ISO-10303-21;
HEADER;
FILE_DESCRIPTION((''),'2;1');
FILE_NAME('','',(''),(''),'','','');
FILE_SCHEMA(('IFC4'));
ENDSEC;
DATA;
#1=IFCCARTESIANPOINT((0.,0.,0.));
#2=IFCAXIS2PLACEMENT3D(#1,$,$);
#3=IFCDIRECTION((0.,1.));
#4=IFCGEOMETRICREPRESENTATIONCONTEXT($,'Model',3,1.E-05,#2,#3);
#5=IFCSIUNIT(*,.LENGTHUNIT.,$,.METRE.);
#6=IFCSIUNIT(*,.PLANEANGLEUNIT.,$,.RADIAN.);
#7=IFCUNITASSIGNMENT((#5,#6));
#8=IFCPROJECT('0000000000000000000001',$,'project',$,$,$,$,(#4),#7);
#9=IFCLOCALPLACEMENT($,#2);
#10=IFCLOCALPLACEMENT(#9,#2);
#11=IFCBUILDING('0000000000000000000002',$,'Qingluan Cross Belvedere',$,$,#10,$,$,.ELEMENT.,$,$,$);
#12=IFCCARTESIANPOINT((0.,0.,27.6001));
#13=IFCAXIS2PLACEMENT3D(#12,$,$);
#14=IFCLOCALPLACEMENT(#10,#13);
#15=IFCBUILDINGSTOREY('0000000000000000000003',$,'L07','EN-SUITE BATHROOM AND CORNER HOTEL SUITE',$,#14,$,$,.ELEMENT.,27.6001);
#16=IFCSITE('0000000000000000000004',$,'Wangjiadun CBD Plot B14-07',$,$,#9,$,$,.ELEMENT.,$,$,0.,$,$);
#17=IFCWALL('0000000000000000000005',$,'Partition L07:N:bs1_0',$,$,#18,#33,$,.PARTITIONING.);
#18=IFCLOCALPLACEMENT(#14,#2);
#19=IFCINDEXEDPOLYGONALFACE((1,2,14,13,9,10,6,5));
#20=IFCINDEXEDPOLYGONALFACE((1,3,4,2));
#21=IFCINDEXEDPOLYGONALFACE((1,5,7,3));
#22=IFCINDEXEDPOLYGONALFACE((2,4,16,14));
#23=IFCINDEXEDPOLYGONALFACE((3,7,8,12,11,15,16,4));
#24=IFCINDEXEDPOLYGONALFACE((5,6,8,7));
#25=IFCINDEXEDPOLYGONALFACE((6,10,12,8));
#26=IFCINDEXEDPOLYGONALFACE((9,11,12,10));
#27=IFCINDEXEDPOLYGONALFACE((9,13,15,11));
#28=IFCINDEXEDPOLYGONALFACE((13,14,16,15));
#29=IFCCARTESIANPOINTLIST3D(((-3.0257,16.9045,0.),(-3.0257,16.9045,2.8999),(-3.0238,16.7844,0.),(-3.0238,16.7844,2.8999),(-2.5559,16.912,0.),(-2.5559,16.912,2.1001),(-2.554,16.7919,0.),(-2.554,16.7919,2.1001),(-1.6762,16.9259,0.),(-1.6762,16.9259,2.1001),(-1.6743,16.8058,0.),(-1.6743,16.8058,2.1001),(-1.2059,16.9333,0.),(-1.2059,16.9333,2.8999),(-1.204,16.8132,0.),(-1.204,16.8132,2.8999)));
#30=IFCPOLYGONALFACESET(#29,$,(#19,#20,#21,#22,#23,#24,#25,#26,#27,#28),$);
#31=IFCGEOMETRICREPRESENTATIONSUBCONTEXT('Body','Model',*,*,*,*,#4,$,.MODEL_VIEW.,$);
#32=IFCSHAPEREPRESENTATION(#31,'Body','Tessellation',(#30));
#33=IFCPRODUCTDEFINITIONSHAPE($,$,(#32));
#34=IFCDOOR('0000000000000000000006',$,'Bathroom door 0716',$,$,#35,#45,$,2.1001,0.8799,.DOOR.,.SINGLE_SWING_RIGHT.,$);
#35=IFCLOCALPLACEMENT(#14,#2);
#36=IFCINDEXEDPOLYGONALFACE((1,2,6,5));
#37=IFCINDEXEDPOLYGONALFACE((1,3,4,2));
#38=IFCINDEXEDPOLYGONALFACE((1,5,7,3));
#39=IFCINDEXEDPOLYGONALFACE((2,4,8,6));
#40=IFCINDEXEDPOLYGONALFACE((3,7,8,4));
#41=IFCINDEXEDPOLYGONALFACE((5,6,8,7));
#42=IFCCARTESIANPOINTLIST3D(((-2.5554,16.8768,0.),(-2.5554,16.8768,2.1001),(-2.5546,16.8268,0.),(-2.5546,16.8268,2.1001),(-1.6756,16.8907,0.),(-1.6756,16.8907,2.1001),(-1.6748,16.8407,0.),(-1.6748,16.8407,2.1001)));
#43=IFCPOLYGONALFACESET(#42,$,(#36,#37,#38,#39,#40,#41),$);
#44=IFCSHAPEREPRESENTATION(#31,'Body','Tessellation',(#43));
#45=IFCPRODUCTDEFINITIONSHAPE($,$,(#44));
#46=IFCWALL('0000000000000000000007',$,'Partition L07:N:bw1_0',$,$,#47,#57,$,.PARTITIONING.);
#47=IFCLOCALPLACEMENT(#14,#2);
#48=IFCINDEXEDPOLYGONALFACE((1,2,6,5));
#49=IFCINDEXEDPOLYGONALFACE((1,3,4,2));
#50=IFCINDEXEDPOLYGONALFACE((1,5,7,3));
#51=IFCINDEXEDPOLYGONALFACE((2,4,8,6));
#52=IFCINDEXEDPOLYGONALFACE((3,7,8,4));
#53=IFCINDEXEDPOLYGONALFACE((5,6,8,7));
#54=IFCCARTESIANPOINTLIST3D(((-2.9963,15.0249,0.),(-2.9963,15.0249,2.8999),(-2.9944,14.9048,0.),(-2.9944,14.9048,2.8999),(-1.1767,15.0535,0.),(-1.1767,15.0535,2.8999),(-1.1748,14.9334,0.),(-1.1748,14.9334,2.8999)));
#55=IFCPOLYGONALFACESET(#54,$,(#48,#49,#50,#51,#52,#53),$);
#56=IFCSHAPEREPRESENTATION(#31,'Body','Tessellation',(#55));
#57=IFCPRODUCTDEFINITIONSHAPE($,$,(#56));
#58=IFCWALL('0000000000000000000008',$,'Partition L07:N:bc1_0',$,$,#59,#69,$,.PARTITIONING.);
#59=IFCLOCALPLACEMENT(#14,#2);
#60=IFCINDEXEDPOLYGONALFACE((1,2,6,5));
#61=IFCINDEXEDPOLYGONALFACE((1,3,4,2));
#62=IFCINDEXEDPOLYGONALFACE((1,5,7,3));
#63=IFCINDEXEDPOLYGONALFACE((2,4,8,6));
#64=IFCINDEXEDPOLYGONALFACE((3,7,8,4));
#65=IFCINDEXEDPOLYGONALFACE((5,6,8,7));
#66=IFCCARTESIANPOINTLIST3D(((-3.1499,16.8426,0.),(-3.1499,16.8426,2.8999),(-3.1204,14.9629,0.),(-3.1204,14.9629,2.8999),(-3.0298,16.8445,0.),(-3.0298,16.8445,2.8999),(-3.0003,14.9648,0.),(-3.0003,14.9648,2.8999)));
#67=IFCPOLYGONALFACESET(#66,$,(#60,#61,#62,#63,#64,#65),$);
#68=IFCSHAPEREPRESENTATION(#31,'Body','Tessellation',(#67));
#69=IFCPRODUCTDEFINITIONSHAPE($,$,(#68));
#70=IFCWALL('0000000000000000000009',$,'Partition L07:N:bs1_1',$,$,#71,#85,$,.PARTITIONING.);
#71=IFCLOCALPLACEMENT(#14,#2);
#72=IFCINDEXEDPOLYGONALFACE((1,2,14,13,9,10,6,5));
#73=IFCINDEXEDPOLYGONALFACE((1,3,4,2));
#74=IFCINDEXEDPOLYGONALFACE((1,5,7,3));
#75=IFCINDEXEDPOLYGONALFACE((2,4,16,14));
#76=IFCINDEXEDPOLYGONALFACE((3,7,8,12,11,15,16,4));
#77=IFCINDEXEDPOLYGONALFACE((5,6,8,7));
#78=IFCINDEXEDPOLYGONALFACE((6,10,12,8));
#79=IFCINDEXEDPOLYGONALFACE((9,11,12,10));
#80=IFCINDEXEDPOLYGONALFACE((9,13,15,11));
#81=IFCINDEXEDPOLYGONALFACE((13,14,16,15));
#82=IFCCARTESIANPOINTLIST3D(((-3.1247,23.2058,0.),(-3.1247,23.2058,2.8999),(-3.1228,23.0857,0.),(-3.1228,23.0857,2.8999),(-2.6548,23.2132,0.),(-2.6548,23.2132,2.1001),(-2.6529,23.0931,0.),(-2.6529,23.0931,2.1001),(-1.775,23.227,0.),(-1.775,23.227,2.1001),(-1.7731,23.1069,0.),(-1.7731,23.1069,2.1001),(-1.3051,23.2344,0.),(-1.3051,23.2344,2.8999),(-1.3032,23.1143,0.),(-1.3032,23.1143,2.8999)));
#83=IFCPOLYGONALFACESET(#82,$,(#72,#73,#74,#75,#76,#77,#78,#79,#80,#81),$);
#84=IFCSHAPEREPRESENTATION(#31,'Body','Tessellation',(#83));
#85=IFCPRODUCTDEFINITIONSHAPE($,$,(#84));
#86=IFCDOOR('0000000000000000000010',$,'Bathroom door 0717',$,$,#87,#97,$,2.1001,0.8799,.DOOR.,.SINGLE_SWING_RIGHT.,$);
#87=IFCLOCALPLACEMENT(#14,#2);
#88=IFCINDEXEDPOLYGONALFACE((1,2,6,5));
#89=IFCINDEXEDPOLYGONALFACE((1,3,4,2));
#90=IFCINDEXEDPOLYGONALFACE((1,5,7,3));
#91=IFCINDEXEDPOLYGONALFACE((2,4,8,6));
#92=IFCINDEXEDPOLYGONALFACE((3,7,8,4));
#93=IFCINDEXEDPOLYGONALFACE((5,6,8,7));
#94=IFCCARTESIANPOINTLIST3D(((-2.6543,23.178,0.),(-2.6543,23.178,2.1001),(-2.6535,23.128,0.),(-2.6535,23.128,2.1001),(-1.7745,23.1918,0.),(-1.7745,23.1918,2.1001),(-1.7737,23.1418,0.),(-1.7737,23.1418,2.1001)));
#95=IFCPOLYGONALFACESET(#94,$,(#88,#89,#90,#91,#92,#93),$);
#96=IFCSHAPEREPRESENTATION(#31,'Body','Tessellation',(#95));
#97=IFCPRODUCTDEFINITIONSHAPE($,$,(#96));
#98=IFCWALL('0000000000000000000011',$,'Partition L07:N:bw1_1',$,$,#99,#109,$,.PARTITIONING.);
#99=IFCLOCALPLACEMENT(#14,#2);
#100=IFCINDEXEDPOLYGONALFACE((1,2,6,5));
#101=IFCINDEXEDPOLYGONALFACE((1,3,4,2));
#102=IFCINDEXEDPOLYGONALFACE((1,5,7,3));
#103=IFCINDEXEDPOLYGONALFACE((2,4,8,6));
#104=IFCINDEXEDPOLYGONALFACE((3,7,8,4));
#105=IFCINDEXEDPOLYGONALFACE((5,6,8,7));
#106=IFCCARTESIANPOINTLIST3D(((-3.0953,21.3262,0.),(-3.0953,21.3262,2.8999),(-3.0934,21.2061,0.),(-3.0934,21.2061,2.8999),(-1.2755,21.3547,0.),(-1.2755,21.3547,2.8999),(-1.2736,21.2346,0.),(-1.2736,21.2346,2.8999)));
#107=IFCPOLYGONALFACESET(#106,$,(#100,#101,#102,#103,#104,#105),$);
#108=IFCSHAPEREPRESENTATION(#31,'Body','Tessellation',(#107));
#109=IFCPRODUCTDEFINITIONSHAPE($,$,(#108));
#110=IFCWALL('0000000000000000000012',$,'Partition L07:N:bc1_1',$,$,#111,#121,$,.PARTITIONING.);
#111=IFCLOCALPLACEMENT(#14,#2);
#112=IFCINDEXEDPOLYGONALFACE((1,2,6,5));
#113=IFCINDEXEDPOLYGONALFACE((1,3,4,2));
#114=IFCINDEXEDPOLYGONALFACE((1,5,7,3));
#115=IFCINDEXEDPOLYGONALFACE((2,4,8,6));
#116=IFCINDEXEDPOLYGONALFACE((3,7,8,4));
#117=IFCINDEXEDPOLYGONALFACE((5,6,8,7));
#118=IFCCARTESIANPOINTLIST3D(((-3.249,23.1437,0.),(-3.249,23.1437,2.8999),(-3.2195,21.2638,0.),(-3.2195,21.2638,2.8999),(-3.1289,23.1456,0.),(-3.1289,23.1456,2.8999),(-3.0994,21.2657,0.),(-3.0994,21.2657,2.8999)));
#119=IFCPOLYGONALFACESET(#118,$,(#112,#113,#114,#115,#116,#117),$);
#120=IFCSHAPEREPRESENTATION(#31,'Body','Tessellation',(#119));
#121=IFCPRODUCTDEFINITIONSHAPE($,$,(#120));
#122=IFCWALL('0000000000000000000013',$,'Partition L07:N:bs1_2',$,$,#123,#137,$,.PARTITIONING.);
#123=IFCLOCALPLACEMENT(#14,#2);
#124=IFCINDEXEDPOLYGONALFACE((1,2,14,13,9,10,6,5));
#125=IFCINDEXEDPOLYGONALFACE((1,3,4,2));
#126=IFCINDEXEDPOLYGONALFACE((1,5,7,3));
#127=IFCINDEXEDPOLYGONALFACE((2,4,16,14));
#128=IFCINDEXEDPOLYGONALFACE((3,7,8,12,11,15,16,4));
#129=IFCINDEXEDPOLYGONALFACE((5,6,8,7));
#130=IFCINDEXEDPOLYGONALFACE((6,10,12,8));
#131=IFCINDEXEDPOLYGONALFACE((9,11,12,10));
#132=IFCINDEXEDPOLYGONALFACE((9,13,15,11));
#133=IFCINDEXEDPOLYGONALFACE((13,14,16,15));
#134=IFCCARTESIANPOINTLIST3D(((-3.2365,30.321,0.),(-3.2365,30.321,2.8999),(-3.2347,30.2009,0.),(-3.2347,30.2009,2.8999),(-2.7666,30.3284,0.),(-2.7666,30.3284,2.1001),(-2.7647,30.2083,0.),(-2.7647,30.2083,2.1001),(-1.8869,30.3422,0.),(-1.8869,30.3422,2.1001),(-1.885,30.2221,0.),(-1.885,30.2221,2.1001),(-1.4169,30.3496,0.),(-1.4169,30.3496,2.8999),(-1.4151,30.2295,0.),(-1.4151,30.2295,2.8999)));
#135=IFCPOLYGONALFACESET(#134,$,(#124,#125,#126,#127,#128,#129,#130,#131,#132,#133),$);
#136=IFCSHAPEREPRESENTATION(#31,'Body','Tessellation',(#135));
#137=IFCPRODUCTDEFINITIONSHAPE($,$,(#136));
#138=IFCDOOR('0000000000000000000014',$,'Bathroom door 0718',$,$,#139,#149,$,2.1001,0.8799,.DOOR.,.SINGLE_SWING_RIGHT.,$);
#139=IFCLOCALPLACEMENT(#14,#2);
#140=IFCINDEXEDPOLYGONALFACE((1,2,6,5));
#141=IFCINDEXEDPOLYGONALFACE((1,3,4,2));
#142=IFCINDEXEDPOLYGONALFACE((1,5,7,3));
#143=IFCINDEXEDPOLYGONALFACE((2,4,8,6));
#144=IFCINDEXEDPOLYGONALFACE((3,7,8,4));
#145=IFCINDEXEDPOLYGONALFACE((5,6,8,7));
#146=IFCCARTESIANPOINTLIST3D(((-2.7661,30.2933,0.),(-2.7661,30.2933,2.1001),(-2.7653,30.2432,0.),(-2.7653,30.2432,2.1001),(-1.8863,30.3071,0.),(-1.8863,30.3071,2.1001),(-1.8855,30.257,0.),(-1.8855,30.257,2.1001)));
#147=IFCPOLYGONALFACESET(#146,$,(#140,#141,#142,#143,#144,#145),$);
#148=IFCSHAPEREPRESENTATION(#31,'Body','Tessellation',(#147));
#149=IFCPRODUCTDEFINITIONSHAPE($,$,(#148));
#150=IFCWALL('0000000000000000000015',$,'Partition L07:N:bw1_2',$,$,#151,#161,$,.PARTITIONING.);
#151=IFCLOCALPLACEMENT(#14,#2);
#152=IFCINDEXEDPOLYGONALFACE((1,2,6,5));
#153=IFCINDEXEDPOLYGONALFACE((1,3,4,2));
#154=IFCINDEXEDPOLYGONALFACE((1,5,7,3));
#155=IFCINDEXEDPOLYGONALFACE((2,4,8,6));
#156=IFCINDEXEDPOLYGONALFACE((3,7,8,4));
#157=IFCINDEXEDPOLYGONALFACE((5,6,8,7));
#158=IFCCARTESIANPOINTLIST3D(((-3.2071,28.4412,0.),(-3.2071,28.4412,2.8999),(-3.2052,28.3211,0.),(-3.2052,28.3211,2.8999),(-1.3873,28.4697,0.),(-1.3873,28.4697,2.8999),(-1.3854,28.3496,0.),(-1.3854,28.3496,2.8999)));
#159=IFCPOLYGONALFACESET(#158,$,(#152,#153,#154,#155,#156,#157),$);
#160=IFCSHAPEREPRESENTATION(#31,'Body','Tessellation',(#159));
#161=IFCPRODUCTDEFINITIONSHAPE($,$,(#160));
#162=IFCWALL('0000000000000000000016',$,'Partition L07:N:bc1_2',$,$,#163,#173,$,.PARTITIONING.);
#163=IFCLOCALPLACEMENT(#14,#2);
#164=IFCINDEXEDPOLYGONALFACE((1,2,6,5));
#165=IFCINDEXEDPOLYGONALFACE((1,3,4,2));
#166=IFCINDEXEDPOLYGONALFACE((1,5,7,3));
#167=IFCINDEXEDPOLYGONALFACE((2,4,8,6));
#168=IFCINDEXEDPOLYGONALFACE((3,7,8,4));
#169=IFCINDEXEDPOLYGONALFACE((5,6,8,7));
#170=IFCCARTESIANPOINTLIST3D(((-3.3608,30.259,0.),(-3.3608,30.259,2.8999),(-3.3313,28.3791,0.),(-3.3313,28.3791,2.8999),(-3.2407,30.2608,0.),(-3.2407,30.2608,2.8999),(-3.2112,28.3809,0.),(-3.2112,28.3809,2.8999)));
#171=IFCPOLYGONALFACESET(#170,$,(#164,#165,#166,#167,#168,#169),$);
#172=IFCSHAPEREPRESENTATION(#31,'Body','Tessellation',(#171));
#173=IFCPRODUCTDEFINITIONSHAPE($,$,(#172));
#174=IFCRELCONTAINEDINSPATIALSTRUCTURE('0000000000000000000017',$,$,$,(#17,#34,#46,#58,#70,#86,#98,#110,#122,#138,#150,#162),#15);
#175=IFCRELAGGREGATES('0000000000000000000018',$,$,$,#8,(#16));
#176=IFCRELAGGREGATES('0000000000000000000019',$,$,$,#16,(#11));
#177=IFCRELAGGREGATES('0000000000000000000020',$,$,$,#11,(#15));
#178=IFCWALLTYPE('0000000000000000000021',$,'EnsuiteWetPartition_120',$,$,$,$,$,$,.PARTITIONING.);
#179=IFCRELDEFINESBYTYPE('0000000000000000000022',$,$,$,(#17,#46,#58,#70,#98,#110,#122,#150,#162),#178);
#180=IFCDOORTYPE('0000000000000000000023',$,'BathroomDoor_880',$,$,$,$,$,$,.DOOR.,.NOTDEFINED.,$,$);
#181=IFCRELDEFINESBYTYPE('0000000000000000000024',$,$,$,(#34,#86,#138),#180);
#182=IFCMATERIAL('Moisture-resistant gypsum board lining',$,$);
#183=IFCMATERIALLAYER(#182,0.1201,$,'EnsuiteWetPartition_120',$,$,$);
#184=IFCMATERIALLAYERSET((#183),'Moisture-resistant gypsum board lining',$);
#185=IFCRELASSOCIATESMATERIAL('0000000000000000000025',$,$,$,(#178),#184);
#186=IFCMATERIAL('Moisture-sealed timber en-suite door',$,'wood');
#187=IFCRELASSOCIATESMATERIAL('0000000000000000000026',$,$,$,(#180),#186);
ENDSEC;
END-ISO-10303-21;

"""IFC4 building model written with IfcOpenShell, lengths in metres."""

from ifc_helpers import new_model, si_unit, direction, frame, frame_2d, origin, place, context, subcontext, project, spatial, rectangle, extrude, material, layer, layer_set, type_object, element, fill, save


model = new_model("IFC4")

# Units and contexts
model_context = context("Model", 3, precision=1e-05, world=origin(), true_north=direction((0.0, 1.0)))
body_context = subcontext(model_context, "Body", "Model", "MODEL_VIEW")
ifc_project = project(units=[si_unit("LENGTHUNIT", "METRE"), si_unit("PLANEANGLEUNIT", "RADIAN")], contexts=[model_context])

# Site, building, storey
site_placement = place(None, origin())
site = spatial("IfcSite", under=ifc_project, at=site_placement, Name="Wangjiadun CBD Plot B14-07", CompositionType="ELEMENT", RefElevation=0.0)
building_placement = place(site_placement, origin())
building = spatial("IfcBuilding", under=site, at=building_placement, Name="Qingluan Cross Belvedere", CompositionType="ELEMENT")
storey_placement = place(building_placement, frame((0.0, 0.0, 27.6001)))
storey = spatial("IfcBuildingStorey", under=building, at=storey_placement, Name="L07", Description="EN-SUITE BATHROOM AND CORNER HOTEL SUITE", CompositionType="ELEMENT", Elevation=27.6001)

# Wall, opening, door
ifc_material_1 = material(Name="Moisture-resistant gypsum board lining")
ifc_layer_1 = layer(ifc_material_1, 0.1201, Name="EnsuiteWetPartition_120")
ifc_layer_set_1 = layer_set([ifc_layer_1], Name="Moisture-resistant gypsum board lining")
wall_type_1 = type_object("IfcWallType", Name="EnsuiteWetPartition_120", PredefinedType="PARTITIONING", material=ifc_layer_set_1)
wall_1_placement = place(storey_placement, frame((-3.0249, 16.8445, 0.0), z_axis=(0.0, 0.0, 1.0), x_axis=(0.999875, 0.015828, 0.0)))
wall_1 = element("IfcWall", 1, at=wall_1_placement, inside=storey, type_object=wall_type_1, Name="Partition L07:N:bs1_0", PredefinedType="PARTITIONING", context=body_context, shape_type="SweptSolid", body=[
    extrude(rectangle(XDim=1.8201, YDim=0.1201, at=frame_2d((0.9102, 0.0))), origin(), (0.0, 0.0, 1.0), 2.8999),
])
opening_1_placement = place(wall_1_placement, frame((0.47, 0.0, 0.0)))
opening_1 = element("IfcOpeningElement", 2, at=opening_1_placement, cuts=wall_1, PredefinedType="OPENING", context=body_context, shape_type="SweptSolid", body=[
    extrude(rectangle(XDim=0.8799, YDim=2.1001, at=frame_2d((0.4399, 1.05))), frame((0.0, 0.0701, 0.0), z_axis=(0.0, -1.0, 0.0), x_axis=(1.0, 0.0, 0.0)), (0.0, 0.0, 1.0), 0.1401),
])
ifc_material_2 = material(Name="Moisture-sealed timber en-suite door", Category="wood")
door_type = type_object("IfcDoorType", Name="BathroomDoor_880", OperationType="NOTDEFINED", PredefinedType="DOOR", material=ifc_material_2)
door_1_placement = place(opening_1_placement, origin())
door_1 = element("IfcDoor", 3, at=door_1_placement, inside=storey, type_object=door_type, Name="Bathroom door 0716", OperationType="SINGLE_SWING_RIGHT", OverallHeight=2.1001, OverallWidth=0.8799, PredefinedType="DOOR", context=body_context, shape_type="SweptSolid", body=[
    extrude(rectangle(XDim=0.8799, YDim=2.1001, at=frame_2d((0.4399, 1.05))), frame((0.0, 0.0249, 0.0), z_axis=(0.0, -1.0, 0.0), x_axis=(1.0, 0.0, 0.0)), (0.0, 0.0, 1.0), 0.05),
])
fill(opening_1, door_1)

# Walls
wall_2_placement = place(storey_placement, frame((-2.9954, 14.9648, 0.0), z_axis=(0.0, 0.0, 1.0), x_axis=(0.999877, 0.015696, 0.0)))
element("IfcWall", 4, at=wall_2_placement, inside=storey, type_object=wall_type_1, Name="Partition L07:N:bw1_0", PredefinedType="PARTITIONING", context=body_context, shape_type="SweptSolid", body=[
    extrude(rectangle(XDim=1.8198, YDim=0.1201, at=frame_2d((0.9099, 0.0))), origin(), (0.0, 0.0, 1.0), 2.8999),
])
wall_3_placement = place(storey_placement, frame((-3.0603, 14.9639, 0.0), z_axis=(0.0, 0.0, 1.0), x_axis=(-0.015714, 0.999877, 0.0)))
element("IfcWall", 5, at=wall_3_placement, inside=storey, type_object=wall_type_1, Name="Partition L07:N:bc1_0", PredefinedType="PARTITIONING", context=body_context, shape_type="SweptSolid", body=[
    extrude(rectangle(XDim=1.8799, YDim=0.1201, at=frame_2d((0.9399, 0.0))), origin(), (0.0, 0.0, 1.0), 2.8999),
])

# Wall, opening, door
wall_4_placement = place(storey_placement, frame((-3.1238, 23.1458, 0.0), z_axis=(0.0, 0.0, 1.0), x_axis=(0.999877, 0.015696, 0.0)))
wall_4 = element("IfcWall", 6, at=wall_4_placement, inside=storey, type_object=wall_type_1, Name="Partition L07:N:bs1_1", PredefinedType="PARTITIONING", context=body_context, shape_type="SweptSolid", body=[
    extrude(rectangle(XDim=1.8198, YDim=0.1201, at=frame_2d((0.9099, 0.0))), origin(), (0.0, 0.0, 1.0), 2.8999),
])
opening_2_placement = place(wall_4_placement, frame((0.47, 0.0, 0.0)))
opening_2 = element("IfcOpeningElement", 7, at=opening_2_placement, cuts=wall_4, PredefinedType="OPENING", context=body_context, shape_type="SweptSolid", body=[
    extrude(rectangle(XDim=0.8799, YDim=2.1001, at=frame_2d((0.4399, 1.05))), frame((0.0, 0.0701, 0.0), z_axis=(0.0, -1.0, 0.0), x_axis=(1.0, 0.0, 0.0)), (0.0, 0.0, 1.0), 0.1401),
])
door_2_placement = place(opening_2_placement, origin())
door_2 = element("IfcDoor", 8, at=door_2_placement, inside=storey, type_object=door_type, Name="Bathroom door 0717", OperationType="SINGLE_SWING_RIGHT", OverallHeight=2.1001, OverallWidth=0.8799, PredefinedType="DOOR", context=body_context, shape_type="SweptSolid", body=[
    extrude(rectangle(XDim=0.8799, YDim=2.1001, at=frame_2d((0.4399, 1.05))), frame((0.0, 0.0249, 0.0), z_axis=(0.0, -1.0, 0.0), x_axis=(1.0, 0.0, 0.0)), (0.0, 0.0, 1.0), 0.05),
])
fill(opening_2, door_2)

# Walls
wall_5_placement = place(storey_placement, frame((-3.0945, 21.2661, 0.0), z_axis=(0.0, 0.0, 1.0), x_axis=(0.999877, 0.015694, 0.0)))
element("IfcWall", 9, at=wall_5_placement, inside=storey, type_object=wall_type_1, Name="Partition L07:N:bw1_1", PredefinedType="PARTITIONING", context=body_context, shape_type="SweptSolid", body=[
    extrude(rectangle(XDim=1.8201, YDim=0.1201, at=frame_2d((0.9102, 0.0))), origin(), (0.0, 0.0, 1.0), 2.8999),
])
wall_6_placement = place(storey_placement, frame((-3.1594, 21.2649, 0.0), z_axis=(0.0, 0.0, 1.0), x_axis=(-0.015712, 0.999877, 0.0)))
element("IfcWall", 10, at=wall_6_placement, inside=storey, type_object=wall_type_1, Name="Partition L07:N:bc1_1", PredefinedType="PARTITIONING", context=body_context, shape_type="SweptSolid", body=[
    extrude(rectangle(XDim=1.8801, YDim=0.1201, at=frame_2d((0.9399, 0.0))), origin(), (0.0, 0.0, 1.0), 2.8999),
])

# Wall, opening, door
wall_7_placement = place(storey_placement, frame((-3.2356, 30.261, 0.0), z_axis=(0.0, 0.0, 1.0), x_axis=(0.999877, 0.015696, 0.0)))
wall_7 = element("IfcWall", 11, at=wall_7_placement, inside=storey, type_object=wall_type_1, Name="Partition L07:N:bs1_2", PredefinedType="PARTITIONING", context=body_context, shape_type="SweptSolid", body=[
    extrude(rectangle(XDim=1.8198, YDim=0.1201, at=frame_2d((0.9099, 0.0))), origin(), (0.0, 0.0, 1.0), 2.8999),
])
opening_3_placement = place(wall_7_placement, frame((0.47, 0.0, 0.0)))
opening_3 = element("IfcOpeningElement", 12, at=opening_3_placement, cuts=wall_7, PredefinedType="OPENING", context=body_context, shape_type="SweptSolid", body=[
    extrude(rectangle(XDim=0.8799, YDim=2.1001, at=frame_2d((0.4399, 1.05))), frame((0.0, 0.0701, 0.0), z_axis=(0.0, -1.0, 0.0), x_axis=(1.0, 0.0, 0.0)), (0.0, 0.0, 1.0), 0.1401),
])
door_3_placement = place(opening_3_placement, origin())
door_3 = element("IfcDoor", 13, at=door_3_placement, inside=storey, type_object=door_type, Name="Bathroom door 0718", OperationType="SINGLE_SWING_RIGHT", OverallHeight=2.1001, OverallWidth=0.8799, PredefinedType="DOOR", context=body_context, shape_type="SweptSolid", body=[
    extrude(rectangle(XDim=0.8799, YDim=2.1001, at=frame_2d((0.4399, 1.05))), frame((0.0, 0.0249, 0.0), z_axis=(0.0, -1.0, 0.0), x_axis=(1.0, 0.0, 0.0)), (0.0, 0.0, 1.0), 0.05),
])
fill(opening_3, door_3)

# Walls
wall_8_placement = place(storey_placement, frame((-3.2063, 28.3811, 0.0), z_axis=(0.0, 0.0, 1.0), x_axis=(0.999877, 0.015694, 0.0)))
element("IfcWall", 14, at=wall_8_placement, inside=storey, type_object=wall_type_1, Name="Partition L07:N:bw1_2", PredefinedType="PARTITIONING", context=body_context, shape_type="SweptSolid", body=[
    extrude(rectangle(XDim=1.8201, YDim=0.1201, at=frame_2d((0.9102, 0.0))), origin(), (0.0, 0.0, 1.0), 2.8999),
])
wall_9_placement = place(storey_placement, frame((-3.2712, 28.3801, 0.0), z_axis=(0.0, 0.0, 1.0), x_axis=(-0.015712, 0.999877, 0.0)))
element("IfcWall", 15, at=wall_9_placement, inside=storey, type_object=wall_type_1, Name="Partition L07:N:bc1_2", PredefinedType="PARTITIONING", context=body_context, shape_type="SweptSolid", body=[
    extrude(rectangle(XDim=1.8801, YDim=0.1201, at=frame_2d((0.9399, 0.0))), origin(), (0.0, 0.0, 1.0), 2.8999),
])

save(model, "model.ifc")
